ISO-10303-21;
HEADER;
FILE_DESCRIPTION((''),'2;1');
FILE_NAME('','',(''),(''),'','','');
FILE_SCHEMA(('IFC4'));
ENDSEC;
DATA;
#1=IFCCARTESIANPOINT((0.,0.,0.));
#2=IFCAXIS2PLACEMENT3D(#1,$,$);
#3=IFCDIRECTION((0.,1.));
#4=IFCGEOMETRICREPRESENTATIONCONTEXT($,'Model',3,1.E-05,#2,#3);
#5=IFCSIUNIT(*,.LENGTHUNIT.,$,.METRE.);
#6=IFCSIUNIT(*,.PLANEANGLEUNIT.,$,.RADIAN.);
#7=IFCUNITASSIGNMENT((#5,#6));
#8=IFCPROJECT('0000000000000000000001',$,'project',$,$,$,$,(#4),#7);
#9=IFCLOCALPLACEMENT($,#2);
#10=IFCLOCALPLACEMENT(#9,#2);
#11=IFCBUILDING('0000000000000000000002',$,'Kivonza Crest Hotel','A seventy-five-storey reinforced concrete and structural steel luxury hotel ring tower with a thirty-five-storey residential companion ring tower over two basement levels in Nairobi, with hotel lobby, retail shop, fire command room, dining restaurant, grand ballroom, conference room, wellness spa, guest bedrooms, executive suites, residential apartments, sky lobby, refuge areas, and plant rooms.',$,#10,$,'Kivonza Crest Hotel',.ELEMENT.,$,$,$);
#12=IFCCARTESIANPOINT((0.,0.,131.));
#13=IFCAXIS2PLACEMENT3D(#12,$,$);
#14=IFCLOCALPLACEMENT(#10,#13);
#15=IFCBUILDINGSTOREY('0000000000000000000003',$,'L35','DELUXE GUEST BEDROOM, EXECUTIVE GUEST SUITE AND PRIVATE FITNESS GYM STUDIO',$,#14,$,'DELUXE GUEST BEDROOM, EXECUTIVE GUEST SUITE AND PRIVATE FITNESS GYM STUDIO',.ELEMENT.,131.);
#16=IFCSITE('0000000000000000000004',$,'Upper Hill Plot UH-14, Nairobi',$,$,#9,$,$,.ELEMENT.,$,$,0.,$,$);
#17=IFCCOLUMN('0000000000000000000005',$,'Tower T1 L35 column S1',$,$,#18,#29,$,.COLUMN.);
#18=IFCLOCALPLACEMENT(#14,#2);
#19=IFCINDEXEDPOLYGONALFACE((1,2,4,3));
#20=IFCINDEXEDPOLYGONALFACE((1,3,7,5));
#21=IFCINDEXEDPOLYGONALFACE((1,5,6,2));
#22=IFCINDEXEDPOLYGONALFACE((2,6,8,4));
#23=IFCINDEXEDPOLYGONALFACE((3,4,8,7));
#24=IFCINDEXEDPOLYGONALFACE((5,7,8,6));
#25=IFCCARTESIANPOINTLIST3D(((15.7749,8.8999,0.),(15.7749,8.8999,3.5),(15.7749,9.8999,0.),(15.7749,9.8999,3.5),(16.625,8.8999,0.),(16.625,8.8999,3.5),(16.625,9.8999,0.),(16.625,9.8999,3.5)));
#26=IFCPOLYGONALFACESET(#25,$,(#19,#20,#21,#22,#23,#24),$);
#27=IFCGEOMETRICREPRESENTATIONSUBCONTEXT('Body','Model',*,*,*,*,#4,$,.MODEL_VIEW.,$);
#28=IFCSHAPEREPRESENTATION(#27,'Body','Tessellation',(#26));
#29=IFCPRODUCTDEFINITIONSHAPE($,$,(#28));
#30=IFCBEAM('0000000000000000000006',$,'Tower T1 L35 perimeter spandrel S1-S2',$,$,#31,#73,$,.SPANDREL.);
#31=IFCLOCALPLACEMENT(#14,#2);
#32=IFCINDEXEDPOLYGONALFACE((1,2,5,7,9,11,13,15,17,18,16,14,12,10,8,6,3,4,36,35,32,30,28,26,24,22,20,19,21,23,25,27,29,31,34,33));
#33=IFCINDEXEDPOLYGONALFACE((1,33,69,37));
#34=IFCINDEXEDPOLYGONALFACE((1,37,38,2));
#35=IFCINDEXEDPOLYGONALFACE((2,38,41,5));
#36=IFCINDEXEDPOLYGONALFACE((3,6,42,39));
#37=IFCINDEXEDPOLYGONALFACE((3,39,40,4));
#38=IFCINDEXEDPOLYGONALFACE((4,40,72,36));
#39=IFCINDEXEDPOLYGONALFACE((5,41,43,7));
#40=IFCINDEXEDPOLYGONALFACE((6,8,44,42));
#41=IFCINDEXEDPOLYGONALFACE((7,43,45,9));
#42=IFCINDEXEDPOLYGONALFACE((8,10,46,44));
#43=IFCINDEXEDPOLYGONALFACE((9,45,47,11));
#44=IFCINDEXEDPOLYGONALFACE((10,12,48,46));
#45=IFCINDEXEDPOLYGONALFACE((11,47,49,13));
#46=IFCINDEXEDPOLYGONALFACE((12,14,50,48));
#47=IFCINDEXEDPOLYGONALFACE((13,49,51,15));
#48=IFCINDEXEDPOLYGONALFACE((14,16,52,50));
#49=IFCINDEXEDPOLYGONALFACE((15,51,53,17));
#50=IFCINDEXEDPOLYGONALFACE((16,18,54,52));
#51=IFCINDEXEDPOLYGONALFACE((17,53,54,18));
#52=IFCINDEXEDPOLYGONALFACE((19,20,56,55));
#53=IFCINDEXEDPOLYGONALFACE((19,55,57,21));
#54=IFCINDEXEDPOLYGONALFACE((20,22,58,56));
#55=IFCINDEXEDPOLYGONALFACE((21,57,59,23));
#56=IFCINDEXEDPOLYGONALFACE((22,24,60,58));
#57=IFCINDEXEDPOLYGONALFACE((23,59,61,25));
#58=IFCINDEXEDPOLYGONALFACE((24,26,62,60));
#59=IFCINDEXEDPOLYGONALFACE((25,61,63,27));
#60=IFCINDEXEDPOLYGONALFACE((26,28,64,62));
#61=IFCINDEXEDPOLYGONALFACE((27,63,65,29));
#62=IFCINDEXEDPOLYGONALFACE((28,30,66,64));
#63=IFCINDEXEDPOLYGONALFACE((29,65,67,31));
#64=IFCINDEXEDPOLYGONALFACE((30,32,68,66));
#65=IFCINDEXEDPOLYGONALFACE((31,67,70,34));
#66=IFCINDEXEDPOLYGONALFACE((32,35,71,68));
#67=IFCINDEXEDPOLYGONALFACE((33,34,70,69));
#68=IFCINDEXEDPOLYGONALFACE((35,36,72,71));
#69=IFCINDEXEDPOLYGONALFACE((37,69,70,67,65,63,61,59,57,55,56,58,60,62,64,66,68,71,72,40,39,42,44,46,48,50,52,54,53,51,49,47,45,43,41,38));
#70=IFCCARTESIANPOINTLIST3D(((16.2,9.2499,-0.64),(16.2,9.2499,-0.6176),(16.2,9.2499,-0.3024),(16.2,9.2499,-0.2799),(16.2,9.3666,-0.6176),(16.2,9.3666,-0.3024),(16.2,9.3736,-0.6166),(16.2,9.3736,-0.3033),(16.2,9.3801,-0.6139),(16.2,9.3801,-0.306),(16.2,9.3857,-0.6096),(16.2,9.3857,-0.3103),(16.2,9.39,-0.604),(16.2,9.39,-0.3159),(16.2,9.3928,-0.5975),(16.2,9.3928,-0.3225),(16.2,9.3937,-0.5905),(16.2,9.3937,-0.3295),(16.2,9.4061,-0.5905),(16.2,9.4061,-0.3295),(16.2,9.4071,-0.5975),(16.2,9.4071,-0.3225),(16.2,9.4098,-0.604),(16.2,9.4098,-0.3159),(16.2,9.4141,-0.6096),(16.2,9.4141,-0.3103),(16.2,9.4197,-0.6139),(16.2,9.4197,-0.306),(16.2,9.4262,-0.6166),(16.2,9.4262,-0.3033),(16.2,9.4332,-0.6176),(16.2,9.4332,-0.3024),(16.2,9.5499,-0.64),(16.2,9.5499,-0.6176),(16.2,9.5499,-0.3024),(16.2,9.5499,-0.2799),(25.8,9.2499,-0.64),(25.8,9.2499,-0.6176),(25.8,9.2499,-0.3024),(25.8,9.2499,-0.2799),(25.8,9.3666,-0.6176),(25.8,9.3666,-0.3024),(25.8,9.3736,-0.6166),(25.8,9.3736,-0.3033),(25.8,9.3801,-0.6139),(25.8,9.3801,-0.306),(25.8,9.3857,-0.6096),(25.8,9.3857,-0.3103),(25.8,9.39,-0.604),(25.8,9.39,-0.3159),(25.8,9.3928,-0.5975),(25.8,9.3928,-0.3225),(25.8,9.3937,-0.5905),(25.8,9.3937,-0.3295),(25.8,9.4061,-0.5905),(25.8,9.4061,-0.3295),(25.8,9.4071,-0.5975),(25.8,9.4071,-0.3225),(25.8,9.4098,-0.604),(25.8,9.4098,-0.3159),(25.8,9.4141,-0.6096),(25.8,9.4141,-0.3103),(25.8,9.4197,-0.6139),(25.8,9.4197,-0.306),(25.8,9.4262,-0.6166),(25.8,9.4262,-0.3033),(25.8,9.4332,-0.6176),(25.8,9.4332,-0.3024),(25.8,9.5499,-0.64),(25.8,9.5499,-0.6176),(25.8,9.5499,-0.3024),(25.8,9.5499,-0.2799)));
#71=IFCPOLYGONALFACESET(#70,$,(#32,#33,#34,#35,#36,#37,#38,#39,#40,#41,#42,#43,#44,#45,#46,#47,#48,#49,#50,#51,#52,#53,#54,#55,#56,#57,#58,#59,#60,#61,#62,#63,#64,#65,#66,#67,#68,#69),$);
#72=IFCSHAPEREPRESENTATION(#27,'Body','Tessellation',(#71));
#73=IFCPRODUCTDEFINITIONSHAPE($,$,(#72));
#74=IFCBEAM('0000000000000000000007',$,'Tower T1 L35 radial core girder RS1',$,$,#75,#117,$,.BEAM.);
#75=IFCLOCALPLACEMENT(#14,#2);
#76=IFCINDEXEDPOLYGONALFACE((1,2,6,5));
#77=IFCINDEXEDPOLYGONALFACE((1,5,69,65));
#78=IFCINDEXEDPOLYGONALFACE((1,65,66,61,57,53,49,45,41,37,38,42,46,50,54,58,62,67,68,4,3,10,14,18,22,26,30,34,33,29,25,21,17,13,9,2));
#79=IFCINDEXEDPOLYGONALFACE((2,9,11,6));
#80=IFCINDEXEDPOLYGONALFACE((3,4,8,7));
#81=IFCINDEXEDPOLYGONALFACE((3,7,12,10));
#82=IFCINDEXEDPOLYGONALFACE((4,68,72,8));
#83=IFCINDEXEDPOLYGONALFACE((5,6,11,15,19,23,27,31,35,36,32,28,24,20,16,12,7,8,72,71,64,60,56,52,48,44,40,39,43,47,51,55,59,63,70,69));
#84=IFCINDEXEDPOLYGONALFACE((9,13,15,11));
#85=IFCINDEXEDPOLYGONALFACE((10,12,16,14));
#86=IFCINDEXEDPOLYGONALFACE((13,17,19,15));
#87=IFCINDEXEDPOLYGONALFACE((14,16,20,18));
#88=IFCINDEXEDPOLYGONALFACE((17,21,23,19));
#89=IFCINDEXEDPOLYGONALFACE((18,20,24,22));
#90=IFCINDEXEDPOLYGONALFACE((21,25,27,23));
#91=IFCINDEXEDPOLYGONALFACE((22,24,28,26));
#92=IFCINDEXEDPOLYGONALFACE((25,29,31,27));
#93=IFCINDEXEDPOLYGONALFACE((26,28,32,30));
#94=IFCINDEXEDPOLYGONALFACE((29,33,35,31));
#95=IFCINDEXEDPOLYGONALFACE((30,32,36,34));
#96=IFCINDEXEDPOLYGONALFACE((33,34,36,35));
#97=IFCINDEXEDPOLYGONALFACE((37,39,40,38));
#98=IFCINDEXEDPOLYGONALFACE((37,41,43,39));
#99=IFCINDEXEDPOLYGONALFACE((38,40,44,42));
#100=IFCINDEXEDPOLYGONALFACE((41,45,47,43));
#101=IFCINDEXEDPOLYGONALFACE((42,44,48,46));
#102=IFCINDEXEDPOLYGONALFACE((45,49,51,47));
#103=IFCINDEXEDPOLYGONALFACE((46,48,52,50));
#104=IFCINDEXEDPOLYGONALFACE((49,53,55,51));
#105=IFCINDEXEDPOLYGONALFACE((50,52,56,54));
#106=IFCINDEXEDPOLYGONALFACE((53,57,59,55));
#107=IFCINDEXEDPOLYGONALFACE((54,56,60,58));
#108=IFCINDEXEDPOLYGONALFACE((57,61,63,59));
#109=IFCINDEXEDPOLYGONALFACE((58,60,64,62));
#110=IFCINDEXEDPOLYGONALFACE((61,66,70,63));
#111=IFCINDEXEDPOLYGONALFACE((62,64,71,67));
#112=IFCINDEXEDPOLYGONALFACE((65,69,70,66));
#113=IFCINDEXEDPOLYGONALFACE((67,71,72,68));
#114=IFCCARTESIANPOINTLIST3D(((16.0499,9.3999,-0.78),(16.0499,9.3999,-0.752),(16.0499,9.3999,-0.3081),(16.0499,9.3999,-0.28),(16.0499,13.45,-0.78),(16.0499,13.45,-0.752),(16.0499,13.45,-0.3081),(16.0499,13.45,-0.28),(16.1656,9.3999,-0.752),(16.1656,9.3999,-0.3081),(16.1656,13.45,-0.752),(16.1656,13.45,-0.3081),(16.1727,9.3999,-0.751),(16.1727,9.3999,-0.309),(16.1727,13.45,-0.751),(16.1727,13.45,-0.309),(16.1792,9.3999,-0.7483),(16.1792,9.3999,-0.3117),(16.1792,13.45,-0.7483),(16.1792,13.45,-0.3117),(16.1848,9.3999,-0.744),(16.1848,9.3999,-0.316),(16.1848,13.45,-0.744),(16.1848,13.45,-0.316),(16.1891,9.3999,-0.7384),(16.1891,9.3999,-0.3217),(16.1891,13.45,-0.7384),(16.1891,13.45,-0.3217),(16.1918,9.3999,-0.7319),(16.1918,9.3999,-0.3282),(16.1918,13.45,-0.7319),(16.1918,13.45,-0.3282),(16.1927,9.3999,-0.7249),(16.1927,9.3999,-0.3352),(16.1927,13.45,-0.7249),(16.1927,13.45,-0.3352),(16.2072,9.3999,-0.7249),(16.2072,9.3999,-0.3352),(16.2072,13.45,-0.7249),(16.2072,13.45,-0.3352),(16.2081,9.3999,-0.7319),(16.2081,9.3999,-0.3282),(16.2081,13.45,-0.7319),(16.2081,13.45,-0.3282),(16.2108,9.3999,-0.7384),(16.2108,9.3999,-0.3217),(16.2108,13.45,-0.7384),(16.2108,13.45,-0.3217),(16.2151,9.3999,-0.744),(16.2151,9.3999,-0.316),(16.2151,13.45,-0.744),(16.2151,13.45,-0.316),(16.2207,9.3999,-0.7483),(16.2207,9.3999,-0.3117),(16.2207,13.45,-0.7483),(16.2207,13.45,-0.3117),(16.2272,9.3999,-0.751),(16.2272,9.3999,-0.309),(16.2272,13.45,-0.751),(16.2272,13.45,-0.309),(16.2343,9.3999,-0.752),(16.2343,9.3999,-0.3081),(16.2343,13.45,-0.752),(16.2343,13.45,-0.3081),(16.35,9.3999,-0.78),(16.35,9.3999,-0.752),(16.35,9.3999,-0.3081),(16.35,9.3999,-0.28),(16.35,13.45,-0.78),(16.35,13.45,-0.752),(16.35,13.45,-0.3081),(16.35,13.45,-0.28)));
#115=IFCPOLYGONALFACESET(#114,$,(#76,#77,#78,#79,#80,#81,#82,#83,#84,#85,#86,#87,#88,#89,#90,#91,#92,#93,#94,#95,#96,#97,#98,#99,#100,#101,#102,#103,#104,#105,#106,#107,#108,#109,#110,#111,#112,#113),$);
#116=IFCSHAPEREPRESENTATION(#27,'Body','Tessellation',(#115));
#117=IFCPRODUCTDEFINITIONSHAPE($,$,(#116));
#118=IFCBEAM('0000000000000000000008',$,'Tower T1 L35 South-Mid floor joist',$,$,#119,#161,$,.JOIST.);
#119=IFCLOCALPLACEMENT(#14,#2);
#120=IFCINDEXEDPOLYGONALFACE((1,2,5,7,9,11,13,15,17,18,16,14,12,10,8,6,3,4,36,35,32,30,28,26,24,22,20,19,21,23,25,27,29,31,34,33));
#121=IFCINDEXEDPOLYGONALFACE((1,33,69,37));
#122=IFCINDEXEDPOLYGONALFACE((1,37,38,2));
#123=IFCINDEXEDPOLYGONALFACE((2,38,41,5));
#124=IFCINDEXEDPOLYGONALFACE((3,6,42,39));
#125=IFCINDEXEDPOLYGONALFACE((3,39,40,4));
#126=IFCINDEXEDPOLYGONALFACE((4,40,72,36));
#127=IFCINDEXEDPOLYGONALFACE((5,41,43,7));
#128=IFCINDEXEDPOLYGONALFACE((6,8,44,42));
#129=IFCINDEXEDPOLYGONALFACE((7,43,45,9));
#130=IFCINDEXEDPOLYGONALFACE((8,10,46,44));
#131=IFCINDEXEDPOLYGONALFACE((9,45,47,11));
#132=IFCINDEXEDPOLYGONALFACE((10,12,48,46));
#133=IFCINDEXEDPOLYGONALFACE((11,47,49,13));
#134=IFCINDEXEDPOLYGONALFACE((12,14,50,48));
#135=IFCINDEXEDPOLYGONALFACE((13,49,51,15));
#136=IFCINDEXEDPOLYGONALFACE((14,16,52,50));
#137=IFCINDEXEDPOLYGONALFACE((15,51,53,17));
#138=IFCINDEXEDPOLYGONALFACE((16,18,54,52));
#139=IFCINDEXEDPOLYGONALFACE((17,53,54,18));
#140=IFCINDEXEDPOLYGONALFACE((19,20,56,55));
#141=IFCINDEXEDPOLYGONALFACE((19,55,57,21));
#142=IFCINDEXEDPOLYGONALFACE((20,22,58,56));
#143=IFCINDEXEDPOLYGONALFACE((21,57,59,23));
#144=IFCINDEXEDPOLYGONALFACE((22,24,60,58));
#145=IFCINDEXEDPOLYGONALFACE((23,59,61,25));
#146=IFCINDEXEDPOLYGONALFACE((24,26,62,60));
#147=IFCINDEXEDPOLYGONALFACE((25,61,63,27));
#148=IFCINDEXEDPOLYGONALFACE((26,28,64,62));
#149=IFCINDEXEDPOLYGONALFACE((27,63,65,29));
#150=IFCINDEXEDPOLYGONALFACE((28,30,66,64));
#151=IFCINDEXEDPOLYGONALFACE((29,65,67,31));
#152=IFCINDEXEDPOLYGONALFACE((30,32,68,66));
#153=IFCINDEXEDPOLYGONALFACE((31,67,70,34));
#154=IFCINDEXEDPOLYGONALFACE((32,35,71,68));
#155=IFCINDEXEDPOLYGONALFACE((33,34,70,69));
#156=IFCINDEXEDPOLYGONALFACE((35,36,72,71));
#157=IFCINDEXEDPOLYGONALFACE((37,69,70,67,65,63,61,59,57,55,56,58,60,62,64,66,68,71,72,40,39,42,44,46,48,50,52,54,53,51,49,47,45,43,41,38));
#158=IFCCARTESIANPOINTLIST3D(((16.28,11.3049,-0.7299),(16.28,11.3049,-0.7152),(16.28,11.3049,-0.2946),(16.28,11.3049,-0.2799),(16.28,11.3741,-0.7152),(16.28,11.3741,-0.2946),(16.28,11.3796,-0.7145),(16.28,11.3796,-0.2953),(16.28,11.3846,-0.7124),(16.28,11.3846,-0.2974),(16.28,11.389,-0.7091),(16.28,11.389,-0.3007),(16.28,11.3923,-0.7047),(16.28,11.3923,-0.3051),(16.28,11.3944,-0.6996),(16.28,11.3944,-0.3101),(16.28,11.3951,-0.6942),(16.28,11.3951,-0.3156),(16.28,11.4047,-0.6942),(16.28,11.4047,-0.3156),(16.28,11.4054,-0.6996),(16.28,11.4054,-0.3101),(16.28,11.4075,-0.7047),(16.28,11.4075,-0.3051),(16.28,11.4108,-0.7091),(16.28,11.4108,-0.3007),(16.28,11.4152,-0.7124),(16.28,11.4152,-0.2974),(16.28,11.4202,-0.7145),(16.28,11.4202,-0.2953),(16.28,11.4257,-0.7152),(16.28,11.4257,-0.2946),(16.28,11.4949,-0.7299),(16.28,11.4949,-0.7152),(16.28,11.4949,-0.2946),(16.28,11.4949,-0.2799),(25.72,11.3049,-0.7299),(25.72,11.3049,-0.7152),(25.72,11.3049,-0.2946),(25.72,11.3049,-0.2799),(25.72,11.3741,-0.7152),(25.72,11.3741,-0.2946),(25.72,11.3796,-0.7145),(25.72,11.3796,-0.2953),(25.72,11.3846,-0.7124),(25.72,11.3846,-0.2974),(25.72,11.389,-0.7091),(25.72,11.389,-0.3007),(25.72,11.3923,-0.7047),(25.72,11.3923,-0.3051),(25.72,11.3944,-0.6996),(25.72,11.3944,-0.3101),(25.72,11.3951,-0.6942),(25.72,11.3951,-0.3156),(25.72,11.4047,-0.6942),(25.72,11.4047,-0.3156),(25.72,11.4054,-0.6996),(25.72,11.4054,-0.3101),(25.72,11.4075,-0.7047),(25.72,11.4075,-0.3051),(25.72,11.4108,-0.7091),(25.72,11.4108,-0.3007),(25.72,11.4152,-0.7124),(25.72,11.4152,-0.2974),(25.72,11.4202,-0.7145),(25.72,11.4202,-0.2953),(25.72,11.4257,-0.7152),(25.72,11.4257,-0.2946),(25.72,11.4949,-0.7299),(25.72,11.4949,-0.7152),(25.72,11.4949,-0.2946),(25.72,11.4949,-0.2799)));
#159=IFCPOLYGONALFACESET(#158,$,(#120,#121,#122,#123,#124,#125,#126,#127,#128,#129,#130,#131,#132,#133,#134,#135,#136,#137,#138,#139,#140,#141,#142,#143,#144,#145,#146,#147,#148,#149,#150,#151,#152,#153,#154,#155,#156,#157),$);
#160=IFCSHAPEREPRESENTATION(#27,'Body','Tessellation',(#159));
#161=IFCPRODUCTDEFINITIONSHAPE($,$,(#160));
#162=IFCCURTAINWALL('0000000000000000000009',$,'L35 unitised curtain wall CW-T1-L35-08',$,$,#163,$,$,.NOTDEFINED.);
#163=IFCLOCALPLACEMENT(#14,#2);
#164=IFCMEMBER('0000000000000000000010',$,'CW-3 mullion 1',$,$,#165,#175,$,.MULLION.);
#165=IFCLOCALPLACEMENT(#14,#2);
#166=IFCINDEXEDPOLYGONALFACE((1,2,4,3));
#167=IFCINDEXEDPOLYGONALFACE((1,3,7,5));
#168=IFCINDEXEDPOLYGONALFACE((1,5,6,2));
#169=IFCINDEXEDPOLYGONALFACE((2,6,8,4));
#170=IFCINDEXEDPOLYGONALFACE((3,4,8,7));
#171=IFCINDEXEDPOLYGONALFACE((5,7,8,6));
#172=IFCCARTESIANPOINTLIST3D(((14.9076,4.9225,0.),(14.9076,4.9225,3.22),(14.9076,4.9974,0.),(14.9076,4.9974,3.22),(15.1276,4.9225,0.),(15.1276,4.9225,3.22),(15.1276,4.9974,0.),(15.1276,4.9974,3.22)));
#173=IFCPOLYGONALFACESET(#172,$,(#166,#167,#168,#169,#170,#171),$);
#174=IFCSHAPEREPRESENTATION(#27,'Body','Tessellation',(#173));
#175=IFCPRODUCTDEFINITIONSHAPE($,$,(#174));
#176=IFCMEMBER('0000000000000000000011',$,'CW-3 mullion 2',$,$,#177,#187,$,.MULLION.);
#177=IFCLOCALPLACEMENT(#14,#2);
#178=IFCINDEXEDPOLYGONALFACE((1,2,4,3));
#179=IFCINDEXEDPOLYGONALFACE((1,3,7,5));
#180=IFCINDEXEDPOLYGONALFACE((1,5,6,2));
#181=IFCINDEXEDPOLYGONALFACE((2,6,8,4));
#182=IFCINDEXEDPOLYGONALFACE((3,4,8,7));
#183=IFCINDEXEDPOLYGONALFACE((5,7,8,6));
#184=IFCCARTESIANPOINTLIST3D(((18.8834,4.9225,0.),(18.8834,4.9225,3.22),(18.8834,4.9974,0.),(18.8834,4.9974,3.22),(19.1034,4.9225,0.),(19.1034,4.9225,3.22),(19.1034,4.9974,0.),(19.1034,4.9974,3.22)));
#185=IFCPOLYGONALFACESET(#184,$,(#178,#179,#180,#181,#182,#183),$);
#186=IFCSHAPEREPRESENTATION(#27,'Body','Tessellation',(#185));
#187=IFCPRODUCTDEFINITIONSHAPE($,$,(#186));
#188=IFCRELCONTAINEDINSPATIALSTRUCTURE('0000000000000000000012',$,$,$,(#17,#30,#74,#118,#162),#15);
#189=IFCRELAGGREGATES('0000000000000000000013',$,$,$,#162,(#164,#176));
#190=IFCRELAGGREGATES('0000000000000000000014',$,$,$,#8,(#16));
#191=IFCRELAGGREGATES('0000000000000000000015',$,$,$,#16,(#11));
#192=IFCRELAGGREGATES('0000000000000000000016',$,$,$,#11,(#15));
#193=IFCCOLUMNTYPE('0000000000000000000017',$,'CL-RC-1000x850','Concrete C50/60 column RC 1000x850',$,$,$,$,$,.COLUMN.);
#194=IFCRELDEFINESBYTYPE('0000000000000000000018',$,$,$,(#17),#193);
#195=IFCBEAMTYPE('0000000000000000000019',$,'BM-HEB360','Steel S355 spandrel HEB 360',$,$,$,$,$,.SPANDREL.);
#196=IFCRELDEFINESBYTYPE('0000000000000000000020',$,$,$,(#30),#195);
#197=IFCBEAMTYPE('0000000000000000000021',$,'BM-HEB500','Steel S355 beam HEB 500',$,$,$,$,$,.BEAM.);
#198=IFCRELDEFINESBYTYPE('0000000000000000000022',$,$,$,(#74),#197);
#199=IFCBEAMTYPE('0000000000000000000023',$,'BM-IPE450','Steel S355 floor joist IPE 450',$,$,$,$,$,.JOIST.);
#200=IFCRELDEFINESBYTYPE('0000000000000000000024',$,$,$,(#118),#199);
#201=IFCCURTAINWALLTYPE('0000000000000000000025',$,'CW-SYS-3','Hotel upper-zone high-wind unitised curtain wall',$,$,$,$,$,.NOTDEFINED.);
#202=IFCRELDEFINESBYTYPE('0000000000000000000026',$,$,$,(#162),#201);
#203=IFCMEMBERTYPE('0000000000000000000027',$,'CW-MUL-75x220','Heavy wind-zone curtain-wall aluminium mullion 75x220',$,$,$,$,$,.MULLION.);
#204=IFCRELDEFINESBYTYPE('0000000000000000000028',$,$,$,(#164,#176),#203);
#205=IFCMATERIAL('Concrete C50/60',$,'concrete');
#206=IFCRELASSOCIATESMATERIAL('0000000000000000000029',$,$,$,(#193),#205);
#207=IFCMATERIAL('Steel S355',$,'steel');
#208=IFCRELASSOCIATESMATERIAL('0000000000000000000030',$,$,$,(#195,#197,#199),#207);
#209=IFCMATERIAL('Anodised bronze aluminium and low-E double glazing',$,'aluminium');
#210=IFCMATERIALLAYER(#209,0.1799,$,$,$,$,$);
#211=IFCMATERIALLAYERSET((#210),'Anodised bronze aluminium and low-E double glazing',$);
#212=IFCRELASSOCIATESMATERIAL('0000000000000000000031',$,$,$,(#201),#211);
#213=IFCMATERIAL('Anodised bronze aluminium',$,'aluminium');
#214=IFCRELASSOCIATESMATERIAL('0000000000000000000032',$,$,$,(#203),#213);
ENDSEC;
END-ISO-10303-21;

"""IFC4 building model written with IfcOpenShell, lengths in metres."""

from ifc_helpers import new_model, si_unit, direction, frame, origin, origin_2d, place, context, subcontext, project, spatial, rectangle, i_section, extrude, material, layer, layer_set, material_profile, profile_set, type_object, element, aggregate, save


model = new_model("IFC4")

# Units and contexts
model_context = context("Model", 3, precision=1e-05, world=origin(), true_north=direction((0.0, 1.0)))
body_context = subcontext(model_context, "Body", "Model", "MODEL_VIEW")
ifc_project = project(units=[si_unit("LENGTHUNIT", "METRE"), si_unit("PLANEANGLEUNIT", "RADIAN")], contexts=[model_context])

# Site, building, storey
site_placement = place(None, origin())
site = spatial("IfcSite", under=ifc_project, at=site_placement, Name="Upper Hill Plot UH-14, Nairobi", CompositionType="ELEMENT", RefElevation=0.0)
building_placement = place(site_placement, origin())
building = spatial("IfcBuilding", under=site, at=building_placement, Name="Kivonza Crest Hotel", Description="A seventy-five-storey reinforced concrete and structural steel luxury hotel ring tower with a thirty-five-storey residential companion ring tower over two basement levels in Nairobi, with hotel lobby, retail shop, fire command room, dining restaurant, grand ballroom, conference room, wellness spa, guest bedrooms, executive suites, residential apartments, sky lobby, refuge areas, and plant rooms.", LongName="Kivonza Crest Hotel", CompositionType="ELEMENT")
storey_placement = place(building_placement, frame((0.0, 0.0, 131.0)))
storey = spatial("IfcBuildingStorey", under=building, at=storey_placement, Name="L35", Description="DELUXE GUEST BEDROOM, EXECUTIVE GUEST SUITE AND PRIVATE FITNESS GYM STUDIO", LongName="DELUXE GUEST BEDROOM, EXECUTIVE GUEST SUITE AND PRIVATE FITNESS GYM STUDIO", CompositionType="ELEMENT", Elevation=131.0)

# Column
ifc_material_1 = material(Name="Concrete C50/60", Category="concrete")
ifc_material_profile_1 = material_profile(ifc_material_1, rectangle(XDim=0.8501, YDim=1.0, at=origin_2d()), Name="RC 1000x850")
ifc_profile_set_1 = profile_set([ifc_material_profile_1], Name="Concrete C50/60")
column_type = type_object("IfcColumnType", Name="CL-RC-1000x850", Description="Concrete C50/60 column RC 1000x850", PredefinedType="COLUMN", material=ifc_profile_set_1)
column_placement = place(storey_placement, frame((16.2, 9.3999, 0.0), z_axis=(0.0, 0.0, 1.0), x_axis=(1.0, 0.0, 0.0)))
element("IfcColumn", 1, at=column_placement, inside=storey, type_object=column_type, Name="Tower T1 L35 column S1", PredefinedType="COLUMN", context=body_context, shape_type="SweptSolid", body=[
    extrude(rectangle(XDim=0.8501, YDim=1.0, at=origin_2d()), origin(), (0.0, 0.0, 1.0), 3.5),
])

# Beams
ifc_material_2 = material(Name="Steel S355", Category="steel")
ifc_material_profile_2 = material_profile(ifc_material_2, i_section(OverallWidth=0.3, OverallDepth=0.3601, WebThickness=0.0125, FlangeThickness=0.0225, FilletRadius=0.0271, at=origin_2d()), Name="HEB 360")
ifc_profile_set_2 = profile_set([ifc_material_profile_2], Name="Steel S355")
beam_type_1 = type_object("IfcBeamType", Name="BM-HEB360", Description="Steel S355 spandrel HEB 360", PredefinedType="SPANDREL", material=ifc_profile_set_2)
beam_1_placement = place(storey_placement, frame((16.2, 9.3999, -0.46), z_axis=(1.0, 0.0, 0.0), x_axis=(0.0, 1.0, 0.0)))
element("IfcBeam", 2, at=beam_1_placement, inside=storey, type_object=beam_type_1, Name="Tower T1 L35 perimeter spandrel S1-S2", PredefinedType="SPANDREL", context=body_context, shape_type="SweptSolid", body=[
    extrude(i_section(OverallWidth=0.3, OverallDepth=0.3601, WebThickness=0.0125, FlangeThickness=0.0225, FilletRadius=0.0271, at=origin_2d()), origin(), (0.0, 0.0, 1.0), 9.6001),
])
ifc_material_profile_3 = material_profile(ifc_material_2, i_section(OverallWidth=0.3, OverallDepth=0.5, WebThickness=0.0144, FlangeThickness=0.0281, FilletRadius=0.0271, at=origin_2d()), Name="HEB 500")
ifc_profile_set_3 = profile_set([ifc_material_profile_3], Name="Steel S355")
beam_type_2 = type_object("IfcBeamType", Name="BM-HEB500", Description="Steel S355 beam HEB 500", PredefinedType="BEAM", material=ifc_profile_set_3)
beam_2_placement = place(storey_placement, frame((16.2, 9.3999, -0.53), z_axis=(0.0, 1.0, 0.0), x_axis=(-1.0, 0.0, 0.0)))
element("IfcBeam", 3, at=beam_2_placement, inside=storey, type_object=beam_type_2, Name="Tower T1 L35 radial core girder RS1", PredefinedType="BEAM", context=body_context, shape_type="SweptSolid", body=[
    extrude(i_section(OverallWidth=0.3, OverallDepth=0.5, WebThickness=0.0144, FlangeThickness=0.0281, FilletRadius=0.0271, at=origin_2d()), origin(), (0.0, 0.0, 1.0), 4.05),
])
ifc_material_profile_4 = material_profile(ifc_material_2, i_section(OverallWidth=0.1899, OverallDepth=0.45, WebThickness=0.0095, FlangeThickness=0.0146, FilletRadius=0.021, at=origin_2d()), Name="IPE 450")
ifc_profile_set_4 = profile_set([ifc_material_profile_4], Name="Steel S355")
beam_type_3 = type_object("IfcBeamType", Name="BM-IPE450", Description="Steel S355 floor joist IPE 450", PredefinedType="JOIST", material=ifc_profile_set_4)
beam_3_placement = place(storey_placement, frame((16.28, 11.3999, -0.5049), z_axis=(1.0, 0.0, 0.0), x_axis=(0.0, 1.0, 0.0)))
element("IfcBeam", 4, at=beam_3_placement, inside=storey, type_object=beam_type_3, Name="Tower T1 L35 South-Mid floor joist", PredefinedType="JOIST", context=body_context, shape_type="SweptSolid", body=[
    extrude(i_section(OverallWidth=0.1899, OverallDepth=0.45, WebThickness=0.0095, FlangeThickness=0.0146, FilletRadius=0.021, at=origin_2d()), origin(), (0.0, 0.0, 1.0), 9.4399),
])

# Curtain wall, members
ifc_material_3 = material(Name="Anodised bronze aluminium and low-E double glazing", Category="aluminium")
ifc_layer_1 = layer(ifc_material_3, 0.1799)
ifc_layer_set_1 = layer_set([ifc_layer_1], Name="Anodised bronze aluminium and low-E double glazing")
curtain_wall_type = type_object("IfcCurtainWallType", Name="CW-SYS-3", Description="Hotel upper-zone high-wind unitised curtain wall", PredefinedType="NOTDEFINED", material=ifc_layer_set_1)
curtain_wall_placement = place(storey_placement, origin())
curtain_wall = element("IfcCurtainWall", 5, at=curtain_wall_placement, inside=storey, type_object=curtain_wall_type, Name="L35 unitised curtain wall CW-T1-L35-08", PredefinedType="NOTDEFINED")
ifc_material_4 = material(Name="Anodised bronze aluminium", Category="aluminium")
ifc_material_profile_5 = material_profile(ifc_material_4, rectangle(XDim=0.075, YDim=0.22, at=origin_2d()), Name="CW-M 75x220")
ifc_profile_set_5 = profile_set([ifc_material_profile_5], Name="Anodised bronze aluminium")
member_type_1 = type_object("IfcMemberType", Name="CW-MUL-75x220", Description="Heavy wind-zone curtain-wall aluminium mullion 75x220", PredefinedType="MULLION", material=ifc_profile_set_5)
member_1_placement = place(storey_placement, frame((15.0176, 4.96, 0.0), z_axis=(0.0, 0.0, 1.0), x_axis=(0.0, 1.0, 0.0)))
member_1 = element("IfcMember", 6, at=member_1_placement, type_object=member_type_1, Name="CW-3 mullion 1", PredefinedType="MULLION", context=body_context, shape_type="SweptSolid", body=[
    extrude(rectangle(XDim=0.075, YDim=0.22, at=origin_2d()), origin(), (0.0, 0.0, 1.0), 3.22),
])
member_2_placement = place(storey_placement, frame((18.9934, 4.96, 0.0), z_axis=(0.0, 0.0, 1.0), x_axis=(0.0, 1.0, 0.0)))
member_2 = element("IfcMember", 7, at=member_2_placement, type_object=member_type_1, Name="CW-3 mullion 2", PredefinedType="MULLION", context=body_context, shape_type="SweptSolid", body=[
    extrude(rectangle(XDim=0.075, YDim=0.22, at=origin_2d()), origin(), (0.0, 0.0, 1.0), 3.22),
])
aggregate(curtain_wall, [member_1, member_2])

save(model, "model.ifc")
